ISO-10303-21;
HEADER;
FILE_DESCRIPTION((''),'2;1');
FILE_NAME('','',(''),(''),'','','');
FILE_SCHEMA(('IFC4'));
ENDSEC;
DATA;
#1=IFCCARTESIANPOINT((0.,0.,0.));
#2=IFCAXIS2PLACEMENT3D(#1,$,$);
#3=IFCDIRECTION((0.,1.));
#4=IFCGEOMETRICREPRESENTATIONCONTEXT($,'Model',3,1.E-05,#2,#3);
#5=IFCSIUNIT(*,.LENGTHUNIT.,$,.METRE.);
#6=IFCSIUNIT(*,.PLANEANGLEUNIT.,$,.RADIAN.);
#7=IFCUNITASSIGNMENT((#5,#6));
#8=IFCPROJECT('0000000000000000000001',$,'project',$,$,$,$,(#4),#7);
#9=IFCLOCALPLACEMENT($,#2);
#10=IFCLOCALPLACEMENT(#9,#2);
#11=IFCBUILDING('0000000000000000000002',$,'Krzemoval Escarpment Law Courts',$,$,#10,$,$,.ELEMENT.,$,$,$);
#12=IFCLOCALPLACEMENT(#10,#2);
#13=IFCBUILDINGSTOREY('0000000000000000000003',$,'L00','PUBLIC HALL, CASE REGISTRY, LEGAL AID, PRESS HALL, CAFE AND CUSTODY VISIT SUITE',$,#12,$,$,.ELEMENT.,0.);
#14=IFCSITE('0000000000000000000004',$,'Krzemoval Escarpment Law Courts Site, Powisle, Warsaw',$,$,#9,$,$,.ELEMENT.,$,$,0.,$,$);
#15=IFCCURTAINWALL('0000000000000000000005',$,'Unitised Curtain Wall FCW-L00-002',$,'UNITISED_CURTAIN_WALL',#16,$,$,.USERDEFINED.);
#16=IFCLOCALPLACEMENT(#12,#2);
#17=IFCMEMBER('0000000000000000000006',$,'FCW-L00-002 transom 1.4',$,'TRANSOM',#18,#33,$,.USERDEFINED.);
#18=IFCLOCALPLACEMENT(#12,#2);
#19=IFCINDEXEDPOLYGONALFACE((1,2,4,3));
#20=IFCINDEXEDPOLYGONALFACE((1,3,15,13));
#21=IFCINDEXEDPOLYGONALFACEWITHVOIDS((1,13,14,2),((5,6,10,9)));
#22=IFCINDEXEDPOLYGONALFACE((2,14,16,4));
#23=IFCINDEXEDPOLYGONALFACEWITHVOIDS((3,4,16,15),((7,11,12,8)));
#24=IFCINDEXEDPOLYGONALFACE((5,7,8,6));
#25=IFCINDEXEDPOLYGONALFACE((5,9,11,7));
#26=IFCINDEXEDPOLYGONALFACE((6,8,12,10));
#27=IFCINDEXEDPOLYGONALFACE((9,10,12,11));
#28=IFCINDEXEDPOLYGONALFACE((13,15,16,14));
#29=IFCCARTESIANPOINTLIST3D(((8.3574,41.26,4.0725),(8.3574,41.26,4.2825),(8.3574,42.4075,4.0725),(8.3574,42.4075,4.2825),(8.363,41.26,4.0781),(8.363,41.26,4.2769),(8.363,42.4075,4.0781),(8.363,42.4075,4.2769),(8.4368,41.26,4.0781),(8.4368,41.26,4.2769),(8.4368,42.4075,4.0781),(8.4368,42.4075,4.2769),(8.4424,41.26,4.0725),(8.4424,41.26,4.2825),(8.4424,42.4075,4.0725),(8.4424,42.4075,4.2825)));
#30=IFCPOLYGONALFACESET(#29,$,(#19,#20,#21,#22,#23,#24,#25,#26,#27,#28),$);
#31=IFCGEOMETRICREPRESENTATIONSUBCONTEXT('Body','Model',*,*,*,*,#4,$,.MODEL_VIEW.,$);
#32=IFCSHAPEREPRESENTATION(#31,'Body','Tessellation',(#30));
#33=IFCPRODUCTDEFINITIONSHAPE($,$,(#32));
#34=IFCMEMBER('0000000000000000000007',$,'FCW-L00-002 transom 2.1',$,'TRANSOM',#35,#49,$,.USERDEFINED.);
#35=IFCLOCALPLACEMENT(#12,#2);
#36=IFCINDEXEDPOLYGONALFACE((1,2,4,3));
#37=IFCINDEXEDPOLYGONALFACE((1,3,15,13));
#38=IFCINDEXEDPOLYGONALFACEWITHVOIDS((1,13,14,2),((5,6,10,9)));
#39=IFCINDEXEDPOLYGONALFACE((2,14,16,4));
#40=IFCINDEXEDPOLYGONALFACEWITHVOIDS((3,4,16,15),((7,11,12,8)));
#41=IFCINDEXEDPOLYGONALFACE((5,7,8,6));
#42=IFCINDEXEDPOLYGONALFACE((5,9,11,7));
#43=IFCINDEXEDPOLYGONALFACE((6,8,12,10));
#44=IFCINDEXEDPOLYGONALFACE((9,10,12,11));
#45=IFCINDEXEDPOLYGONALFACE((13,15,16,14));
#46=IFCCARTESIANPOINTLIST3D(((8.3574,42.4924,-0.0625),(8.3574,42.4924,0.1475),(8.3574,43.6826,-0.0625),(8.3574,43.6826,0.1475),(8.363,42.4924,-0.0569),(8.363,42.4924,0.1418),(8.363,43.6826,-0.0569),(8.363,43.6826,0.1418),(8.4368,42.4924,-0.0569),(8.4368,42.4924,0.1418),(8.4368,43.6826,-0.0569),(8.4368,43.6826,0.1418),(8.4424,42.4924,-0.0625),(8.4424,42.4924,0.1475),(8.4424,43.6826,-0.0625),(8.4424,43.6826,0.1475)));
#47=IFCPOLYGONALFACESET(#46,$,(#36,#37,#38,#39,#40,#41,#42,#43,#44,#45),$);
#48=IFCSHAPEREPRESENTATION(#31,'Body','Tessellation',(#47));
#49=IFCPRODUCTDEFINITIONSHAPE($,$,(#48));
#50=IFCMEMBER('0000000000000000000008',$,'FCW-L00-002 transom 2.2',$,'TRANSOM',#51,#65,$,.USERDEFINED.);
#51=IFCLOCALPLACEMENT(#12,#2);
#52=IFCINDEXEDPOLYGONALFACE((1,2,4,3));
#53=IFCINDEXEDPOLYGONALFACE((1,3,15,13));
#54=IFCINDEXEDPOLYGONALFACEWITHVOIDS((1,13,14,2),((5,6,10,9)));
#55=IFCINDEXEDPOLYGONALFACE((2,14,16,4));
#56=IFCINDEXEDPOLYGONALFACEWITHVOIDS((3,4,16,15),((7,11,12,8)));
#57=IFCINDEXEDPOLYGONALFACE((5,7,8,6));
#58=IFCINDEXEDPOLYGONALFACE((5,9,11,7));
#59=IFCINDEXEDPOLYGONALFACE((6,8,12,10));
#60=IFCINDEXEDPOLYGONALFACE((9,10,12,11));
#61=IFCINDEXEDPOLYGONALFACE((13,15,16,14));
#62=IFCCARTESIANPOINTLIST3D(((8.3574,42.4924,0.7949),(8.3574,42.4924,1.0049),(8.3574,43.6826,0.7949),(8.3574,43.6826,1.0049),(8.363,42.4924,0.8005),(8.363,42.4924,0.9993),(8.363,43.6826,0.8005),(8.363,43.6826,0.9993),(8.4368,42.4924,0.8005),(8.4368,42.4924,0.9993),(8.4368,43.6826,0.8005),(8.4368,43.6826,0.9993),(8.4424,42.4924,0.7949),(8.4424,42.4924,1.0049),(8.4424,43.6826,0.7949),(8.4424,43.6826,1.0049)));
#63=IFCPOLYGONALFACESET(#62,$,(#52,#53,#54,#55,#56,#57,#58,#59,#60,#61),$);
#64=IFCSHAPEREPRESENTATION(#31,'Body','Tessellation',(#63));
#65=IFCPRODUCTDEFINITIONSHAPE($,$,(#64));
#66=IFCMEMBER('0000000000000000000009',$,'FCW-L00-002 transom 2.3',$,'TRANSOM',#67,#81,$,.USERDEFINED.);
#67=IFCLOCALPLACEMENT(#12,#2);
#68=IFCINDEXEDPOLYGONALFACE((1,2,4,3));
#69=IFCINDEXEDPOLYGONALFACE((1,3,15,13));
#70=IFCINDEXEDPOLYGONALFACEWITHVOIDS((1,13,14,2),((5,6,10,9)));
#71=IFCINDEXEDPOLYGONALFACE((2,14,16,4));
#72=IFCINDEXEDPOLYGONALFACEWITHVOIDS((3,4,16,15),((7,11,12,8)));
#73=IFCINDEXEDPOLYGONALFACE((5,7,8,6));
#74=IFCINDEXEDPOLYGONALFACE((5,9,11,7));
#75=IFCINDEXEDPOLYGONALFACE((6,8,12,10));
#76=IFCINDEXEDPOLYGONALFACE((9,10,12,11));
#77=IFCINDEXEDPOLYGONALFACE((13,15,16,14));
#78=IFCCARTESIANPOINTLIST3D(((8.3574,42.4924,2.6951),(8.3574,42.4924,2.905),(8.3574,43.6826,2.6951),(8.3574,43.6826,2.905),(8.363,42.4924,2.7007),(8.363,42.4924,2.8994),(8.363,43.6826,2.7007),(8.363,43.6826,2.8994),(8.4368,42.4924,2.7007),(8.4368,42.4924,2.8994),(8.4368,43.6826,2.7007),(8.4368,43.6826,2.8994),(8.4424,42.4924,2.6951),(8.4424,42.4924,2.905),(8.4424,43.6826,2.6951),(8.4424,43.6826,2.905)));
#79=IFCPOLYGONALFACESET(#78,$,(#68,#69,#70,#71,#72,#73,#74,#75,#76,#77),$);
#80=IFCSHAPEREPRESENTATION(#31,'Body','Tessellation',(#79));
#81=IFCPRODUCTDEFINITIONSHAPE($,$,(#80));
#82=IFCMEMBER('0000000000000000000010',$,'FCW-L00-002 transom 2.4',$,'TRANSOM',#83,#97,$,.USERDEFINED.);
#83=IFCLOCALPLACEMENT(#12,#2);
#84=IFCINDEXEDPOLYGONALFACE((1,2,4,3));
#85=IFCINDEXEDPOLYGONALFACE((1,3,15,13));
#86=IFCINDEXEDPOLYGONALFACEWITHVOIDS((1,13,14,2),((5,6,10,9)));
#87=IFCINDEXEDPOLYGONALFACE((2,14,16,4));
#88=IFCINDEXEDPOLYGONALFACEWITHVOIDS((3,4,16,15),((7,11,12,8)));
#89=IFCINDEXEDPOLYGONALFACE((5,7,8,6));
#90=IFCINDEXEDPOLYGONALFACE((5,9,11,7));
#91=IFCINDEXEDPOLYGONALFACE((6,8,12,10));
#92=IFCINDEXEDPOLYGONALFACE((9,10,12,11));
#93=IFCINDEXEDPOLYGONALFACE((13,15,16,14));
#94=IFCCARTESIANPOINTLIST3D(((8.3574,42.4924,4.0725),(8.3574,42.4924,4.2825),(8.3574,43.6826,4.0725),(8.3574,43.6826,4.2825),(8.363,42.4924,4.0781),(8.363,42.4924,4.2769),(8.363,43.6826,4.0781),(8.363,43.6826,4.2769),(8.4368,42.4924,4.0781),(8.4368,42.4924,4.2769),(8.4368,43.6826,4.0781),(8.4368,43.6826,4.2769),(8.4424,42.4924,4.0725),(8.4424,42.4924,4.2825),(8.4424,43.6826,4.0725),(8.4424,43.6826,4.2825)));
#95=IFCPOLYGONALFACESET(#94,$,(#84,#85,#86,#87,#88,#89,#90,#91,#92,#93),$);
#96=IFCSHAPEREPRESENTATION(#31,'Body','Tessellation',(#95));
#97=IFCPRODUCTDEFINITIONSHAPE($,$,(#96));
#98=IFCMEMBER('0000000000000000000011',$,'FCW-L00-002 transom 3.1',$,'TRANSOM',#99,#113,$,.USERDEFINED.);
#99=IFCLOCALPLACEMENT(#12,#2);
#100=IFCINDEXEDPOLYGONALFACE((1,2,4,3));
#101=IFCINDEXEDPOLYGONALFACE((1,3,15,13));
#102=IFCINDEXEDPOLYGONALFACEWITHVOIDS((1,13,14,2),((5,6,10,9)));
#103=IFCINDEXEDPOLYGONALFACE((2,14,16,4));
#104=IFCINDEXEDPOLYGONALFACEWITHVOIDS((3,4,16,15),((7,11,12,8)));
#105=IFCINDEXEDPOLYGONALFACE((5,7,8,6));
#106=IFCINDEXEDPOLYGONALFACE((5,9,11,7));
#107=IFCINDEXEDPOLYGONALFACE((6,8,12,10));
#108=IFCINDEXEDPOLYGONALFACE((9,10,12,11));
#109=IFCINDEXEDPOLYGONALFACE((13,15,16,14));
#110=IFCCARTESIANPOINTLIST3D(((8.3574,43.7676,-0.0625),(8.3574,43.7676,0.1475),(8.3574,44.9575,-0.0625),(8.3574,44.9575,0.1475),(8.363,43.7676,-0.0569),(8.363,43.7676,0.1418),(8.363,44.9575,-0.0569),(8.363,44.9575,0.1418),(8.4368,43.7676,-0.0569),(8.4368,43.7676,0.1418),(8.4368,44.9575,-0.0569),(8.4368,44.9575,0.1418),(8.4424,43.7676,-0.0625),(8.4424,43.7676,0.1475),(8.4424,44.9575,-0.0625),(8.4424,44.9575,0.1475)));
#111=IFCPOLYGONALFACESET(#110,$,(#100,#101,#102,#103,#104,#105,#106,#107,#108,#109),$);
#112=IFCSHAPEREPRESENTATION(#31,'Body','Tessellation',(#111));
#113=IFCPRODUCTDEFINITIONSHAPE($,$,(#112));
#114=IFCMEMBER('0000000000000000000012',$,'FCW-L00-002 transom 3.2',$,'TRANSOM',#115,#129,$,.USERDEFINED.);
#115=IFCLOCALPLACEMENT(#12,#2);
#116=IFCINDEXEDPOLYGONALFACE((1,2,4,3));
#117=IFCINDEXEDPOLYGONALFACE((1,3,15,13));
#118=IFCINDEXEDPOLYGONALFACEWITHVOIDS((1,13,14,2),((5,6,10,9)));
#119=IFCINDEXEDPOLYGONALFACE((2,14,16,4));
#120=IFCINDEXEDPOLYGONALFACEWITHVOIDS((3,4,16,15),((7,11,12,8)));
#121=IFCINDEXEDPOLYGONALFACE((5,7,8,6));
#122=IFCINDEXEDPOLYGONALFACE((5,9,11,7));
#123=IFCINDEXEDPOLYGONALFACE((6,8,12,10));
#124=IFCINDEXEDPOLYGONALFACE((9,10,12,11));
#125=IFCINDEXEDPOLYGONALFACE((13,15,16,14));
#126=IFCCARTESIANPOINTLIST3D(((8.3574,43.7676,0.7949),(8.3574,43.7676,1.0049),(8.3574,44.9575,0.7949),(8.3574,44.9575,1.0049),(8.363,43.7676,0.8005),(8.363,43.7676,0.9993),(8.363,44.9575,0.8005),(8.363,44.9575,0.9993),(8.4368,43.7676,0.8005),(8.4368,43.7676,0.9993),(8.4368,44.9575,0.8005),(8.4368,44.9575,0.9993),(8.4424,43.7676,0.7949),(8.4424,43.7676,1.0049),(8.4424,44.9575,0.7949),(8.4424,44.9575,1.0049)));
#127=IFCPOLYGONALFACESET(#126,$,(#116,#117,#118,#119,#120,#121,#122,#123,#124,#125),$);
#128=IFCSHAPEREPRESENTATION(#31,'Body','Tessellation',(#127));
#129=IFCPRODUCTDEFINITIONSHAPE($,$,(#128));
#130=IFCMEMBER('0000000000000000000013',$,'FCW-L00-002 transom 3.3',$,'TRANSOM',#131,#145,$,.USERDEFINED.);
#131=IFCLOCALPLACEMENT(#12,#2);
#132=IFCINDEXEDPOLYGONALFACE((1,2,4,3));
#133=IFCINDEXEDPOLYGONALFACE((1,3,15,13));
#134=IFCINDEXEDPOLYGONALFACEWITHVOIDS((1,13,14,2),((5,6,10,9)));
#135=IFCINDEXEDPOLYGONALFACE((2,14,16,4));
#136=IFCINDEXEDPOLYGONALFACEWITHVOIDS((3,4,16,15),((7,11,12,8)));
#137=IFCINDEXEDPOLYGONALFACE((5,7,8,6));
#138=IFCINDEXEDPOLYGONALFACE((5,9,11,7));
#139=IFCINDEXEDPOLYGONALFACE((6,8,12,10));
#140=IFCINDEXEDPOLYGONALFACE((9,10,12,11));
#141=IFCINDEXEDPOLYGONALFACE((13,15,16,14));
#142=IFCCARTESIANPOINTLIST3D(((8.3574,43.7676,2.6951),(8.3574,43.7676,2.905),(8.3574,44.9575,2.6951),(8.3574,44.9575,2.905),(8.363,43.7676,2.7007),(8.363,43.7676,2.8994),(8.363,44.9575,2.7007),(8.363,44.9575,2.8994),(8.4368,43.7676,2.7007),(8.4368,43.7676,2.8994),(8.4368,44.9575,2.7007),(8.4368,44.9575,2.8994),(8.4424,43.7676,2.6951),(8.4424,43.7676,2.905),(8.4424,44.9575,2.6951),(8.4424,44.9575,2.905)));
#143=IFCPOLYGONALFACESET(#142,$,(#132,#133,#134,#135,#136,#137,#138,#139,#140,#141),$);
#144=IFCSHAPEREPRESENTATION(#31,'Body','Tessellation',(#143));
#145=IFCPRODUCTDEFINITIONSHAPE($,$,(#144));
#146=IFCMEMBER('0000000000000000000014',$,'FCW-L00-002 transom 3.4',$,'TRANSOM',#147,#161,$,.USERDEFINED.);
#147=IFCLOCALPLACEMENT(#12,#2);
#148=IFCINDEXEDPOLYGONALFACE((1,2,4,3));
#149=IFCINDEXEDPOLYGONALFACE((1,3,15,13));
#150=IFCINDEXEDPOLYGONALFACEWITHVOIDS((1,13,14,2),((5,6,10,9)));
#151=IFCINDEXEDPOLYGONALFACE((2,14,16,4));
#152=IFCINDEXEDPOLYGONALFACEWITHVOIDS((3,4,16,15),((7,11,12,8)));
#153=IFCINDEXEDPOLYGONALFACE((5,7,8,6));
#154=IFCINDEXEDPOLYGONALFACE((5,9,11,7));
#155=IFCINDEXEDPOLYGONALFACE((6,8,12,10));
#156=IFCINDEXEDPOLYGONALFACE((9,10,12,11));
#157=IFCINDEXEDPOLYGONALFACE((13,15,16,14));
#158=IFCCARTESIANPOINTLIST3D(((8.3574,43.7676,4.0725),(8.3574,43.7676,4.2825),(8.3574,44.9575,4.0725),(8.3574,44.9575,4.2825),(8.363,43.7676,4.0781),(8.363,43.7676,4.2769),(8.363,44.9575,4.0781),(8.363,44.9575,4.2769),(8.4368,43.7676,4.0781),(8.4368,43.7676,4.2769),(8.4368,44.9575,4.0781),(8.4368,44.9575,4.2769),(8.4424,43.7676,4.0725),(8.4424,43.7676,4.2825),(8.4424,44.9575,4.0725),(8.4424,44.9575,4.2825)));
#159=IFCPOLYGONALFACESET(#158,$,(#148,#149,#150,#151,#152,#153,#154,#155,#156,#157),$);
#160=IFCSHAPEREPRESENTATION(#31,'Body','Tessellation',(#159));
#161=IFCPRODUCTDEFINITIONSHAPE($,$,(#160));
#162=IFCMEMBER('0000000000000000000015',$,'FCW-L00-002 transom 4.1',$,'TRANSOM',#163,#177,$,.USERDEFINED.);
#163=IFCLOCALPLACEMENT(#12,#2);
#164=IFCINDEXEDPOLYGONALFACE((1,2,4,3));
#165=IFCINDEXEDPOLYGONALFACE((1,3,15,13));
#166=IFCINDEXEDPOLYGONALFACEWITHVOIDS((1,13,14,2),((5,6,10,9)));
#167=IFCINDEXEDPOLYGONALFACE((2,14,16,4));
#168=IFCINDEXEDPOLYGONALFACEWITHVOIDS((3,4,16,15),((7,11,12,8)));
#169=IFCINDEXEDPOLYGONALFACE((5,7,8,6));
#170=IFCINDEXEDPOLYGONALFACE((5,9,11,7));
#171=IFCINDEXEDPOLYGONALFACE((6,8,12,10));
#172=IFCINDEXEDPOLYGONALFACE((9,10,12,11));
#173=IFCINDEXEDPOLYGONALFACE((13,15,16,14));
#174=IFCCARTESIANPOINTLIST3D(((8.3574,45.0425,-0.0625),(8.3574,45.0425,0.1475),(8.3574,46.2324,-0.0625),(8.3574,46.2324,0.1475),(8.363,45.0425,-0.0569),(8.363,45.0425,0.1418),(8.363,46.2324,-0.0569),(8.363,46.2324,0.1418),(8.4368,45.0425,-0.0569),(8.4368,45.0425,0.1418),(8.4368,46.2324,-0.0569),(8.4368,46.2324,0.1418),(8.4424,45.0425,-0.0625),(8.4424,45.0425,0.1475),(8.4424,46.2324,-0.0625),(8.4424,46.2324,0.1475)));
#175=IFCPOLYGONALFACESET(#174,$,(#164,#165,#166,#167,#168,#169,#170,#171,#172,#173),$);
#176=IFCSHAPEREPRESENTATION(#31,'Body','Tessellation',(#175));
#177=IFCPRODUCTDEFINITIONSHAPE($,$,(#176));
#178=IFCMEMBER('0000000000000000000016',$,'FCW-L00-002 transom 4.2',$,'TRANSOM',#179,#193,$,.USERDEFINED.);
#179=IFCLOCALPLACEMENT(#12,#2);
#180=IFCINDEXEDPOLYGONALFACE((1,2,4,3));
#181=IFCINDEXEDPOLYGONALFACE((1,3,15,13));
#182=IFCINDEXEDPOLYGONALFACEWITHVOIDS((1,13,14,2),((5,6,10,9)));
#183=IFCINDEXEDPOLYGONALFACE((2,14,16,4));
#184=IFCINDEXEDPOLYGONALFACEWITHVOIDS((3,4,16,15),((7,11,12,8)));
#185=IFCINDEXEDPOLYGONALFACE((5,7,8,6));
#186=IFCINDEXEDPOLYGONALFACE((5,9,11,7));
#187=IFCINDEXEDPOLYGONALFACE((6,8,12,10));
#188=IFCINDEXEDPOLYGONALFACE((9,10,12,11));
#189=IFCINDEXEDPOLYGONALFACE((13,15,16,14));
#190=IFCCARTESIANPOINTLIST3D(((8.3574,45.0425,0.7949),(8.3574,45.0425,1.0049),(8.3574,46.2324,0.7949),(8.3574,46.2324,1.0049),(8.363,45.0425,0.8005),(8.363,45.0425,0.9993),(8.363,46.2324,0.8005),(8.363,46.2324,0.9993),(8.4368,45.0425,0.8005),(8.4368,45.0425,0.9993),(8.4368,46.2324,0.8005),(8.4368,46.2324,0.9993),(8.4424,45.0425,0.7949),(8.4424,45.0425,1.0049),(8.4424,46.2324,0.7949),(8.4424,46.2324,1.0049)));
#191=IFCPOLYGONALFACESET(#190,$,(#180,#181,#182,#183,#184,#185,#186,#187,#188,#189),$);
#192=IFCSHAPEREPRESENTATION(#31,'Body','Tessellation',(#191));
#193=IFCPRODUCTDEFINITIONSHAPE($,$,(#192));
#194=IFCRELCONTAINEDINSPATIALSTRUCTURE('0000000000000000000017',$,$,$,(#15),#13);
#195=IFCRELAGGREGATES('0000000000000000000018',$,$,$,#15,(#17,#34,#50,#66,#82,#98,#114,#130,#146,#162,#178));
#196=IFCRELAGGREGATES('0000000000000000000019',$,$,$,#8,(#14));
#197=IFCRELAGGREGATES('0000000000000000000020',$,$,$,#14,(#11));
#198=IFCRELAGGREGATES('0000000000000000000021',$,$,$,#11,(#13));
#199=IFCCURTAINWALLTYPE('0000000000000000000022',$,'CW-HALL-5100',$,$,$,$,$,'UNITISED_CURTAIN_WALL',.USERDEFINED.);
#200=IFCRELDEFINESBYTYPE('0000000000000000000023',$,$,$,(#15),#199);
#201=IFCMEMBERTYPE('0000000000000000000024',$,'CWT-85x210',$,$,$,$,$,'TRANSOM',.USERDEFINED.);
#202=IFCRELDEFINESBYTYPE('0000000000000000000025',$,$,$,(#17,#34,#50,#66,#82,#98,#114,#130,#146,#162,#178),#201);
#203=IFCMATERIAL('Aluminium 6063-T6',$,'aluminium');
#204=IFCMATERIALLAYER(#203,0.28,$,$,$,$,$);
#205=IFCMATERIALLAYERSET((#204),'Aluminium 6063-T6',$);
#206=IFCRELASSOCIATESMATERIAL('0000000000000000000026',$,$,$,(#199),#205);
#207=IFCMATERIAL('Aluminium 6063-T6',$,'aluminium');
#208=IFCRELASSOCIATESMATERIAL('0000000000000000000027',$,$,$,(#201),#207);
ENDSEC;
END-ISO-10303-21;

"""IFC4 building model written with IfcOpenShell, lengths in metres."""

from ifc_helpers import new_model, si_unit, direction, frame, origin, origin_2d, place, context, subcontext, project, spatial, hollow_rectangle, extrude, material, layer, layer_set, material_profile, profile_set, type_object, element, aggregate, save


model = new_model("IFC4")

# Units and contexts
model_context = context("Model", 3, precision=1e-05, world=origin(), true_north=direction((0.0, 1.0)))
body_context = subcontext(model_context, "Body", "Model", "MODEL_VIEW")
ifc_project = project(units=[si_unit("LENGTHUNIT", "METRE"), si_unit("PLANEANGLEUNIT", "RADIAN")], contexts=[model_context])

# Site, building, storey
site_placement = place(None, origin())
site = spatial("IfcSite", under=ifc_project, at=site_placement, Name="Krzemoval Escarpment Law Courts Site, Powisle, Warsaw", CompositionType="ELEMENT", RefElevation=0.0)
building_placement = place(site_placement, origin())
building = spatial("IfcBuilding", under=site, at=building_placement, Name="Krzemoval Escarpment Law Courts", CompositionType="ELEMENT")
storey_placement = place(building_placement, origin())
storey = spatial("IfcBuildingStorey", under=building, at=storey_placement, Name="L00", Description="PUBLIC HALL, CASE REGISTRY, LEGAL AID, PRESS HALL, CAFE AND CUSTODY VISIT SUITE", CompositionType="ELEMENT", Elevation=0.0)

# Shared definitions
ifc_material_1 = material(Name="Aluminium 6063-T6", Category="aluminium")
ifc_layer_1 = layer(ifc_material_1, 0.28)
ifc_layer_set_1 = layer_set([ifc_layer_1], Name="Aluminium 6063-T6")
curtain_wall_type = type_object("IfcCurtainWallType", Name="CW-HALL-5100", ElementType="UNITISED_CURTAIN_WALL", PredefinedType="USERDEFINED", material=ifc_layer_set_1)

# Curtain wall, members
curtain_wall_1_placement = place(storey_placement, origin())
curtain_wall_1 = element("IfcCurtainWall", 1, at=curtain_wall_1_placement, inside=storey, type_object=curtain_wall_type, Name="Unitised Curtain Wall FCW-L00-002", ObjectType="UNITISED_CURTAIN_WALL", PredefinedType="USERDEFINED")
ifc_material_2 = material(Name="Aluminium 6063-T6", Category="aluminium")
ifc_material_profile_1 = material_profile(ifc_material_2, hollow_rectangle(XDim=0.085, YDim=0.21, WallThickness=0.0056, at=origin_2d()), Name="ALU T85x210")
ifc_profile_set_1 = profile_set([ifc_material_profile_1], Name="Aluminium 6063-T6")
member_type_1 = type_object("IfcMemberType", Name="CWT-85x210", ElementType="TRANSOM", PredefinedType="USERDEFINED", material=ifc_profile_set_1)
member_1_placement = place(storey_placement, frame((8.3999, 41.26, 4.1775), z_axis=(0.0, 1.0, 0.0), x_axis=(-1.0, 0.0, 0.0)))
member_1 = element("IfcMember", 2, at=member_1_placement, type_object=member_type_1, Name="FCW-L00-002 transom 1.4", ObjectType="TRANSOM", PredefinedType="USERDEFINED", context=body_context, shape_type="SweptSolid", body=[
    extrude(hollow_rectangle(XDim=0.085, YDim=0.21, WallThickness=0.0056, at=origin_2d()), origin(), (0.0, 0.0, 1.0), 1.1475),
])
member_2_placement = place(storey_placement, frame((8.3999, 42.4924, 0.0425), z_axis=(0.0, 1.0, 0.0), x_axis=(-1.0, 0.0, 0.0)))
member_2 = element("IfcMember", 3, at=member_2_placement, type_object=member_type_1, Name="FCW-L00-002 transom 2.1", ObjectType="TRANSOM", PredefinedType="USERDEFINED", context=body_context, shape_type="SweptSolid", body=[
    extrude(hollow_rectangle(XDim=0.085, YDim=0.21, WallThickness=0.0056, at=origin_2d()), origin(), (0.0, 0.0, 1.0), 1.1902),
])
member_3_placement = place(storey_placement, frame((8.3999, 42.4924, 0.8999), z_axis=(0.0, 1.0, 0.0), x_axis=(-1.0, 0.0, 0.0)))
member_3 = element("IfcMember", 4, at=member_3_placement, type_object=member_type_1, Name="FCW-L00-002 transom 2.2", ObjectType="TRANSOM", PredefinedType="USERDEFINED", context=body_context, shape_type="SweptSolid", body=[
    extrude(hollow_rectangle(XDim=0.085, YDim=0.21, WallThickness=0.0056, at=origin_2d()), origin(), (0.0, 0.0, 1.0), 1.1902),
])
member_4_placement = place(storey_placement, frame((8.3999, 42.4924, 2.8), z_axis=(0.0, 1.0, 0.0), x_axis=(-1.0, 0.0, 0.0)))
member_4 = element("IfcMember", 5, at=member_4_placement, type_object=member_type_1, Name="FCW-L00-002 transom 2.3", ObjectType="TRANSOM", PredefinedType="USERDEFINED", context=body_context, shape_type="SweptSolid", body=[
    extrude(hollow_rectangle(XDim=0.085, YDim=0.21, WallThickness=0.0056, at=origin_2d()), origin(), (0.0, 0.0, 1.0), 1.1902),
])
member_5_placement = place(storey_placement, frame((8.3999, 42.4924, 4.1775), z_axis=(0.0, 1.0, 0.0), x_axis=(-1.0, 0.0, 0.0)))
member_5 = element("IfcMember", 6, at=member_5_placement, type_object=member_type_1, Name="FCW-L00-002 transom 2.4", ObjectType="TRANSOM", PredefinedType="USERDEFINED", context=body_context, shape_type="SweptSolid", body=[
    extrude(hollow_rectangle(XDim=0.085, YDim=0.21, WallThickness=0.0056, at=origin_2d()), origin(), (0.0, 0.0, 1.0), 1.1902),
])
member_6_placement = place(storey_placement, frame((8.3999, 43.7676, 0.0425), z_axis=(0.0, 1.0, 0.0), x_axis=(-1.0, 0.0, 0.0)))
member_6 = element("IfcMember", 7, at=member_6_placement, type_object=member_type_1, Name="FCW-L00-002 transom 3.1", ObjectType="TRANSOM", PredefinedType="USERDEFINED", context=body_context, shape_type="SweptSolid", body=[
    extrude(hollow_rectangle(XDim=0.085, YDim=0.21, WallThickness=0.0056, at=origin_2d()), origin(), (0.0, 0.0, 1.0), 1.1899),
])
member_7_placement = place(storey_placement, frame((8.3999, 43.7676, 0.8999), z_axis=(0.0, 1.0, 0.0), x_axis=(-1.0, 0.0, 0.0)))
member_7 = element("IfcMember", 8, at=member_7_placement, type_object=member_type_1, Name="FCW-L00-002 transom 3.2", ObjectType="TRANSOM", PredefinedType="USERDEFINED", context=body_context, shape_type="SweptSolid", body=[
    extrude(hollow_rectangle(XDim=0.085, YDim=0.21, WallThickness=0.0056, at=origin_2d()), origin(), (0.0, 0.0, 1.0), 1.1899),
])
member_8_placement = place(storey_placement, frame((8.3999, 43.7676, 2.8), z_axis=(0.0, 1.0, 0.0), x_axis=(-1.0, 0.0, 0.0)))
member_8 = element("IfcMember", 9, at=member_8_placement, type_object=member_type_1, Name="FCW-L00-002 transom 3.3", ObjectType="TRANSOM", PredefinedType="USERDEFINED", context=body_context, shape_type="SweptSolid", body=[
    extrude(hollow_rectangle(XDim=0.085, YDim=0.21, WallThickness=0.0056, at=origin_2d()), origin(), (0.0, 0.0, 1.0), 1.1899),
])
member_9_placement = place(storey_placement, frame((8.3999, 43.7676, 4.1775), z_axis=(0.0, 1.0, 0.0), x_axis=(-1.0, 0.0, 0.0)))
member_9 = element("IfcMember", 10, at=member_9_placement, type_object=member_type_1, Name="FCW-L00-002 transom 3.4", ObjectType="TRANSOM", PredefinedType="USERDEFINED", context=body_context, shape_type="SweptSolid", body=[
    extrude(hollow_rectangle(XDim=0.085, YDim=0.21, WallThickness=0.0056, at=origin_2d()), origin(), (0.0, 0.0, 1.0), 1.1899),
])
member_10_placement = place(storey_placement, frame((8.3999, 45.0425, 0.0425), z_axis=(0.0, 1.0, 0.0), x_axis=(-1.0, 0.0, 0.0)))
member_10 = element("IfcMember", 11, at=member_10_placement, type_object=member_type_1, Name="FCW-L00-002 transom 4.1", ObjectType="TRANSOM", PredefinedType="USERDEFINED", context=body_context, shape_type="SweptSolid", body=[
    extrude(hollow_rectangle(XDim=0.085, YDim=0.21, WallThickness=0.0056, at=origin_2d()), origin(), (0.0, 0.0, 1.0), 1.1899),
])
member_11_placement = place(storey_placement, frame((8.3999, 45.0425, 0.8999), z_axis=(0.0, 1.0, 0.0), x_axis=(-1.0, 0.0, 0.0)))
member_11 = element("IfcMember", 12, at=member_11_placement, type_object=member_type_1, Name="FCW-L00-002 transom 4.2", ObjectType="TRANSOM", PredefinedType="USERDEFINED", context=body_context, shape_type="SweptSolid", body=[
    extrude(hollow_rectangle(XDim=0.085, YDim=0.21, WallThickness=0.0056, at=origin_2d()), origin(), (0.0, 0.0, 1.0), 1.1899),
])

aggregate(curtain_wall_1, [member_1, member_2, member_3, member_4, member_5, member_6, member_7, member_8, member_9, member_10, member_11])

save(model, "model.ifc")
